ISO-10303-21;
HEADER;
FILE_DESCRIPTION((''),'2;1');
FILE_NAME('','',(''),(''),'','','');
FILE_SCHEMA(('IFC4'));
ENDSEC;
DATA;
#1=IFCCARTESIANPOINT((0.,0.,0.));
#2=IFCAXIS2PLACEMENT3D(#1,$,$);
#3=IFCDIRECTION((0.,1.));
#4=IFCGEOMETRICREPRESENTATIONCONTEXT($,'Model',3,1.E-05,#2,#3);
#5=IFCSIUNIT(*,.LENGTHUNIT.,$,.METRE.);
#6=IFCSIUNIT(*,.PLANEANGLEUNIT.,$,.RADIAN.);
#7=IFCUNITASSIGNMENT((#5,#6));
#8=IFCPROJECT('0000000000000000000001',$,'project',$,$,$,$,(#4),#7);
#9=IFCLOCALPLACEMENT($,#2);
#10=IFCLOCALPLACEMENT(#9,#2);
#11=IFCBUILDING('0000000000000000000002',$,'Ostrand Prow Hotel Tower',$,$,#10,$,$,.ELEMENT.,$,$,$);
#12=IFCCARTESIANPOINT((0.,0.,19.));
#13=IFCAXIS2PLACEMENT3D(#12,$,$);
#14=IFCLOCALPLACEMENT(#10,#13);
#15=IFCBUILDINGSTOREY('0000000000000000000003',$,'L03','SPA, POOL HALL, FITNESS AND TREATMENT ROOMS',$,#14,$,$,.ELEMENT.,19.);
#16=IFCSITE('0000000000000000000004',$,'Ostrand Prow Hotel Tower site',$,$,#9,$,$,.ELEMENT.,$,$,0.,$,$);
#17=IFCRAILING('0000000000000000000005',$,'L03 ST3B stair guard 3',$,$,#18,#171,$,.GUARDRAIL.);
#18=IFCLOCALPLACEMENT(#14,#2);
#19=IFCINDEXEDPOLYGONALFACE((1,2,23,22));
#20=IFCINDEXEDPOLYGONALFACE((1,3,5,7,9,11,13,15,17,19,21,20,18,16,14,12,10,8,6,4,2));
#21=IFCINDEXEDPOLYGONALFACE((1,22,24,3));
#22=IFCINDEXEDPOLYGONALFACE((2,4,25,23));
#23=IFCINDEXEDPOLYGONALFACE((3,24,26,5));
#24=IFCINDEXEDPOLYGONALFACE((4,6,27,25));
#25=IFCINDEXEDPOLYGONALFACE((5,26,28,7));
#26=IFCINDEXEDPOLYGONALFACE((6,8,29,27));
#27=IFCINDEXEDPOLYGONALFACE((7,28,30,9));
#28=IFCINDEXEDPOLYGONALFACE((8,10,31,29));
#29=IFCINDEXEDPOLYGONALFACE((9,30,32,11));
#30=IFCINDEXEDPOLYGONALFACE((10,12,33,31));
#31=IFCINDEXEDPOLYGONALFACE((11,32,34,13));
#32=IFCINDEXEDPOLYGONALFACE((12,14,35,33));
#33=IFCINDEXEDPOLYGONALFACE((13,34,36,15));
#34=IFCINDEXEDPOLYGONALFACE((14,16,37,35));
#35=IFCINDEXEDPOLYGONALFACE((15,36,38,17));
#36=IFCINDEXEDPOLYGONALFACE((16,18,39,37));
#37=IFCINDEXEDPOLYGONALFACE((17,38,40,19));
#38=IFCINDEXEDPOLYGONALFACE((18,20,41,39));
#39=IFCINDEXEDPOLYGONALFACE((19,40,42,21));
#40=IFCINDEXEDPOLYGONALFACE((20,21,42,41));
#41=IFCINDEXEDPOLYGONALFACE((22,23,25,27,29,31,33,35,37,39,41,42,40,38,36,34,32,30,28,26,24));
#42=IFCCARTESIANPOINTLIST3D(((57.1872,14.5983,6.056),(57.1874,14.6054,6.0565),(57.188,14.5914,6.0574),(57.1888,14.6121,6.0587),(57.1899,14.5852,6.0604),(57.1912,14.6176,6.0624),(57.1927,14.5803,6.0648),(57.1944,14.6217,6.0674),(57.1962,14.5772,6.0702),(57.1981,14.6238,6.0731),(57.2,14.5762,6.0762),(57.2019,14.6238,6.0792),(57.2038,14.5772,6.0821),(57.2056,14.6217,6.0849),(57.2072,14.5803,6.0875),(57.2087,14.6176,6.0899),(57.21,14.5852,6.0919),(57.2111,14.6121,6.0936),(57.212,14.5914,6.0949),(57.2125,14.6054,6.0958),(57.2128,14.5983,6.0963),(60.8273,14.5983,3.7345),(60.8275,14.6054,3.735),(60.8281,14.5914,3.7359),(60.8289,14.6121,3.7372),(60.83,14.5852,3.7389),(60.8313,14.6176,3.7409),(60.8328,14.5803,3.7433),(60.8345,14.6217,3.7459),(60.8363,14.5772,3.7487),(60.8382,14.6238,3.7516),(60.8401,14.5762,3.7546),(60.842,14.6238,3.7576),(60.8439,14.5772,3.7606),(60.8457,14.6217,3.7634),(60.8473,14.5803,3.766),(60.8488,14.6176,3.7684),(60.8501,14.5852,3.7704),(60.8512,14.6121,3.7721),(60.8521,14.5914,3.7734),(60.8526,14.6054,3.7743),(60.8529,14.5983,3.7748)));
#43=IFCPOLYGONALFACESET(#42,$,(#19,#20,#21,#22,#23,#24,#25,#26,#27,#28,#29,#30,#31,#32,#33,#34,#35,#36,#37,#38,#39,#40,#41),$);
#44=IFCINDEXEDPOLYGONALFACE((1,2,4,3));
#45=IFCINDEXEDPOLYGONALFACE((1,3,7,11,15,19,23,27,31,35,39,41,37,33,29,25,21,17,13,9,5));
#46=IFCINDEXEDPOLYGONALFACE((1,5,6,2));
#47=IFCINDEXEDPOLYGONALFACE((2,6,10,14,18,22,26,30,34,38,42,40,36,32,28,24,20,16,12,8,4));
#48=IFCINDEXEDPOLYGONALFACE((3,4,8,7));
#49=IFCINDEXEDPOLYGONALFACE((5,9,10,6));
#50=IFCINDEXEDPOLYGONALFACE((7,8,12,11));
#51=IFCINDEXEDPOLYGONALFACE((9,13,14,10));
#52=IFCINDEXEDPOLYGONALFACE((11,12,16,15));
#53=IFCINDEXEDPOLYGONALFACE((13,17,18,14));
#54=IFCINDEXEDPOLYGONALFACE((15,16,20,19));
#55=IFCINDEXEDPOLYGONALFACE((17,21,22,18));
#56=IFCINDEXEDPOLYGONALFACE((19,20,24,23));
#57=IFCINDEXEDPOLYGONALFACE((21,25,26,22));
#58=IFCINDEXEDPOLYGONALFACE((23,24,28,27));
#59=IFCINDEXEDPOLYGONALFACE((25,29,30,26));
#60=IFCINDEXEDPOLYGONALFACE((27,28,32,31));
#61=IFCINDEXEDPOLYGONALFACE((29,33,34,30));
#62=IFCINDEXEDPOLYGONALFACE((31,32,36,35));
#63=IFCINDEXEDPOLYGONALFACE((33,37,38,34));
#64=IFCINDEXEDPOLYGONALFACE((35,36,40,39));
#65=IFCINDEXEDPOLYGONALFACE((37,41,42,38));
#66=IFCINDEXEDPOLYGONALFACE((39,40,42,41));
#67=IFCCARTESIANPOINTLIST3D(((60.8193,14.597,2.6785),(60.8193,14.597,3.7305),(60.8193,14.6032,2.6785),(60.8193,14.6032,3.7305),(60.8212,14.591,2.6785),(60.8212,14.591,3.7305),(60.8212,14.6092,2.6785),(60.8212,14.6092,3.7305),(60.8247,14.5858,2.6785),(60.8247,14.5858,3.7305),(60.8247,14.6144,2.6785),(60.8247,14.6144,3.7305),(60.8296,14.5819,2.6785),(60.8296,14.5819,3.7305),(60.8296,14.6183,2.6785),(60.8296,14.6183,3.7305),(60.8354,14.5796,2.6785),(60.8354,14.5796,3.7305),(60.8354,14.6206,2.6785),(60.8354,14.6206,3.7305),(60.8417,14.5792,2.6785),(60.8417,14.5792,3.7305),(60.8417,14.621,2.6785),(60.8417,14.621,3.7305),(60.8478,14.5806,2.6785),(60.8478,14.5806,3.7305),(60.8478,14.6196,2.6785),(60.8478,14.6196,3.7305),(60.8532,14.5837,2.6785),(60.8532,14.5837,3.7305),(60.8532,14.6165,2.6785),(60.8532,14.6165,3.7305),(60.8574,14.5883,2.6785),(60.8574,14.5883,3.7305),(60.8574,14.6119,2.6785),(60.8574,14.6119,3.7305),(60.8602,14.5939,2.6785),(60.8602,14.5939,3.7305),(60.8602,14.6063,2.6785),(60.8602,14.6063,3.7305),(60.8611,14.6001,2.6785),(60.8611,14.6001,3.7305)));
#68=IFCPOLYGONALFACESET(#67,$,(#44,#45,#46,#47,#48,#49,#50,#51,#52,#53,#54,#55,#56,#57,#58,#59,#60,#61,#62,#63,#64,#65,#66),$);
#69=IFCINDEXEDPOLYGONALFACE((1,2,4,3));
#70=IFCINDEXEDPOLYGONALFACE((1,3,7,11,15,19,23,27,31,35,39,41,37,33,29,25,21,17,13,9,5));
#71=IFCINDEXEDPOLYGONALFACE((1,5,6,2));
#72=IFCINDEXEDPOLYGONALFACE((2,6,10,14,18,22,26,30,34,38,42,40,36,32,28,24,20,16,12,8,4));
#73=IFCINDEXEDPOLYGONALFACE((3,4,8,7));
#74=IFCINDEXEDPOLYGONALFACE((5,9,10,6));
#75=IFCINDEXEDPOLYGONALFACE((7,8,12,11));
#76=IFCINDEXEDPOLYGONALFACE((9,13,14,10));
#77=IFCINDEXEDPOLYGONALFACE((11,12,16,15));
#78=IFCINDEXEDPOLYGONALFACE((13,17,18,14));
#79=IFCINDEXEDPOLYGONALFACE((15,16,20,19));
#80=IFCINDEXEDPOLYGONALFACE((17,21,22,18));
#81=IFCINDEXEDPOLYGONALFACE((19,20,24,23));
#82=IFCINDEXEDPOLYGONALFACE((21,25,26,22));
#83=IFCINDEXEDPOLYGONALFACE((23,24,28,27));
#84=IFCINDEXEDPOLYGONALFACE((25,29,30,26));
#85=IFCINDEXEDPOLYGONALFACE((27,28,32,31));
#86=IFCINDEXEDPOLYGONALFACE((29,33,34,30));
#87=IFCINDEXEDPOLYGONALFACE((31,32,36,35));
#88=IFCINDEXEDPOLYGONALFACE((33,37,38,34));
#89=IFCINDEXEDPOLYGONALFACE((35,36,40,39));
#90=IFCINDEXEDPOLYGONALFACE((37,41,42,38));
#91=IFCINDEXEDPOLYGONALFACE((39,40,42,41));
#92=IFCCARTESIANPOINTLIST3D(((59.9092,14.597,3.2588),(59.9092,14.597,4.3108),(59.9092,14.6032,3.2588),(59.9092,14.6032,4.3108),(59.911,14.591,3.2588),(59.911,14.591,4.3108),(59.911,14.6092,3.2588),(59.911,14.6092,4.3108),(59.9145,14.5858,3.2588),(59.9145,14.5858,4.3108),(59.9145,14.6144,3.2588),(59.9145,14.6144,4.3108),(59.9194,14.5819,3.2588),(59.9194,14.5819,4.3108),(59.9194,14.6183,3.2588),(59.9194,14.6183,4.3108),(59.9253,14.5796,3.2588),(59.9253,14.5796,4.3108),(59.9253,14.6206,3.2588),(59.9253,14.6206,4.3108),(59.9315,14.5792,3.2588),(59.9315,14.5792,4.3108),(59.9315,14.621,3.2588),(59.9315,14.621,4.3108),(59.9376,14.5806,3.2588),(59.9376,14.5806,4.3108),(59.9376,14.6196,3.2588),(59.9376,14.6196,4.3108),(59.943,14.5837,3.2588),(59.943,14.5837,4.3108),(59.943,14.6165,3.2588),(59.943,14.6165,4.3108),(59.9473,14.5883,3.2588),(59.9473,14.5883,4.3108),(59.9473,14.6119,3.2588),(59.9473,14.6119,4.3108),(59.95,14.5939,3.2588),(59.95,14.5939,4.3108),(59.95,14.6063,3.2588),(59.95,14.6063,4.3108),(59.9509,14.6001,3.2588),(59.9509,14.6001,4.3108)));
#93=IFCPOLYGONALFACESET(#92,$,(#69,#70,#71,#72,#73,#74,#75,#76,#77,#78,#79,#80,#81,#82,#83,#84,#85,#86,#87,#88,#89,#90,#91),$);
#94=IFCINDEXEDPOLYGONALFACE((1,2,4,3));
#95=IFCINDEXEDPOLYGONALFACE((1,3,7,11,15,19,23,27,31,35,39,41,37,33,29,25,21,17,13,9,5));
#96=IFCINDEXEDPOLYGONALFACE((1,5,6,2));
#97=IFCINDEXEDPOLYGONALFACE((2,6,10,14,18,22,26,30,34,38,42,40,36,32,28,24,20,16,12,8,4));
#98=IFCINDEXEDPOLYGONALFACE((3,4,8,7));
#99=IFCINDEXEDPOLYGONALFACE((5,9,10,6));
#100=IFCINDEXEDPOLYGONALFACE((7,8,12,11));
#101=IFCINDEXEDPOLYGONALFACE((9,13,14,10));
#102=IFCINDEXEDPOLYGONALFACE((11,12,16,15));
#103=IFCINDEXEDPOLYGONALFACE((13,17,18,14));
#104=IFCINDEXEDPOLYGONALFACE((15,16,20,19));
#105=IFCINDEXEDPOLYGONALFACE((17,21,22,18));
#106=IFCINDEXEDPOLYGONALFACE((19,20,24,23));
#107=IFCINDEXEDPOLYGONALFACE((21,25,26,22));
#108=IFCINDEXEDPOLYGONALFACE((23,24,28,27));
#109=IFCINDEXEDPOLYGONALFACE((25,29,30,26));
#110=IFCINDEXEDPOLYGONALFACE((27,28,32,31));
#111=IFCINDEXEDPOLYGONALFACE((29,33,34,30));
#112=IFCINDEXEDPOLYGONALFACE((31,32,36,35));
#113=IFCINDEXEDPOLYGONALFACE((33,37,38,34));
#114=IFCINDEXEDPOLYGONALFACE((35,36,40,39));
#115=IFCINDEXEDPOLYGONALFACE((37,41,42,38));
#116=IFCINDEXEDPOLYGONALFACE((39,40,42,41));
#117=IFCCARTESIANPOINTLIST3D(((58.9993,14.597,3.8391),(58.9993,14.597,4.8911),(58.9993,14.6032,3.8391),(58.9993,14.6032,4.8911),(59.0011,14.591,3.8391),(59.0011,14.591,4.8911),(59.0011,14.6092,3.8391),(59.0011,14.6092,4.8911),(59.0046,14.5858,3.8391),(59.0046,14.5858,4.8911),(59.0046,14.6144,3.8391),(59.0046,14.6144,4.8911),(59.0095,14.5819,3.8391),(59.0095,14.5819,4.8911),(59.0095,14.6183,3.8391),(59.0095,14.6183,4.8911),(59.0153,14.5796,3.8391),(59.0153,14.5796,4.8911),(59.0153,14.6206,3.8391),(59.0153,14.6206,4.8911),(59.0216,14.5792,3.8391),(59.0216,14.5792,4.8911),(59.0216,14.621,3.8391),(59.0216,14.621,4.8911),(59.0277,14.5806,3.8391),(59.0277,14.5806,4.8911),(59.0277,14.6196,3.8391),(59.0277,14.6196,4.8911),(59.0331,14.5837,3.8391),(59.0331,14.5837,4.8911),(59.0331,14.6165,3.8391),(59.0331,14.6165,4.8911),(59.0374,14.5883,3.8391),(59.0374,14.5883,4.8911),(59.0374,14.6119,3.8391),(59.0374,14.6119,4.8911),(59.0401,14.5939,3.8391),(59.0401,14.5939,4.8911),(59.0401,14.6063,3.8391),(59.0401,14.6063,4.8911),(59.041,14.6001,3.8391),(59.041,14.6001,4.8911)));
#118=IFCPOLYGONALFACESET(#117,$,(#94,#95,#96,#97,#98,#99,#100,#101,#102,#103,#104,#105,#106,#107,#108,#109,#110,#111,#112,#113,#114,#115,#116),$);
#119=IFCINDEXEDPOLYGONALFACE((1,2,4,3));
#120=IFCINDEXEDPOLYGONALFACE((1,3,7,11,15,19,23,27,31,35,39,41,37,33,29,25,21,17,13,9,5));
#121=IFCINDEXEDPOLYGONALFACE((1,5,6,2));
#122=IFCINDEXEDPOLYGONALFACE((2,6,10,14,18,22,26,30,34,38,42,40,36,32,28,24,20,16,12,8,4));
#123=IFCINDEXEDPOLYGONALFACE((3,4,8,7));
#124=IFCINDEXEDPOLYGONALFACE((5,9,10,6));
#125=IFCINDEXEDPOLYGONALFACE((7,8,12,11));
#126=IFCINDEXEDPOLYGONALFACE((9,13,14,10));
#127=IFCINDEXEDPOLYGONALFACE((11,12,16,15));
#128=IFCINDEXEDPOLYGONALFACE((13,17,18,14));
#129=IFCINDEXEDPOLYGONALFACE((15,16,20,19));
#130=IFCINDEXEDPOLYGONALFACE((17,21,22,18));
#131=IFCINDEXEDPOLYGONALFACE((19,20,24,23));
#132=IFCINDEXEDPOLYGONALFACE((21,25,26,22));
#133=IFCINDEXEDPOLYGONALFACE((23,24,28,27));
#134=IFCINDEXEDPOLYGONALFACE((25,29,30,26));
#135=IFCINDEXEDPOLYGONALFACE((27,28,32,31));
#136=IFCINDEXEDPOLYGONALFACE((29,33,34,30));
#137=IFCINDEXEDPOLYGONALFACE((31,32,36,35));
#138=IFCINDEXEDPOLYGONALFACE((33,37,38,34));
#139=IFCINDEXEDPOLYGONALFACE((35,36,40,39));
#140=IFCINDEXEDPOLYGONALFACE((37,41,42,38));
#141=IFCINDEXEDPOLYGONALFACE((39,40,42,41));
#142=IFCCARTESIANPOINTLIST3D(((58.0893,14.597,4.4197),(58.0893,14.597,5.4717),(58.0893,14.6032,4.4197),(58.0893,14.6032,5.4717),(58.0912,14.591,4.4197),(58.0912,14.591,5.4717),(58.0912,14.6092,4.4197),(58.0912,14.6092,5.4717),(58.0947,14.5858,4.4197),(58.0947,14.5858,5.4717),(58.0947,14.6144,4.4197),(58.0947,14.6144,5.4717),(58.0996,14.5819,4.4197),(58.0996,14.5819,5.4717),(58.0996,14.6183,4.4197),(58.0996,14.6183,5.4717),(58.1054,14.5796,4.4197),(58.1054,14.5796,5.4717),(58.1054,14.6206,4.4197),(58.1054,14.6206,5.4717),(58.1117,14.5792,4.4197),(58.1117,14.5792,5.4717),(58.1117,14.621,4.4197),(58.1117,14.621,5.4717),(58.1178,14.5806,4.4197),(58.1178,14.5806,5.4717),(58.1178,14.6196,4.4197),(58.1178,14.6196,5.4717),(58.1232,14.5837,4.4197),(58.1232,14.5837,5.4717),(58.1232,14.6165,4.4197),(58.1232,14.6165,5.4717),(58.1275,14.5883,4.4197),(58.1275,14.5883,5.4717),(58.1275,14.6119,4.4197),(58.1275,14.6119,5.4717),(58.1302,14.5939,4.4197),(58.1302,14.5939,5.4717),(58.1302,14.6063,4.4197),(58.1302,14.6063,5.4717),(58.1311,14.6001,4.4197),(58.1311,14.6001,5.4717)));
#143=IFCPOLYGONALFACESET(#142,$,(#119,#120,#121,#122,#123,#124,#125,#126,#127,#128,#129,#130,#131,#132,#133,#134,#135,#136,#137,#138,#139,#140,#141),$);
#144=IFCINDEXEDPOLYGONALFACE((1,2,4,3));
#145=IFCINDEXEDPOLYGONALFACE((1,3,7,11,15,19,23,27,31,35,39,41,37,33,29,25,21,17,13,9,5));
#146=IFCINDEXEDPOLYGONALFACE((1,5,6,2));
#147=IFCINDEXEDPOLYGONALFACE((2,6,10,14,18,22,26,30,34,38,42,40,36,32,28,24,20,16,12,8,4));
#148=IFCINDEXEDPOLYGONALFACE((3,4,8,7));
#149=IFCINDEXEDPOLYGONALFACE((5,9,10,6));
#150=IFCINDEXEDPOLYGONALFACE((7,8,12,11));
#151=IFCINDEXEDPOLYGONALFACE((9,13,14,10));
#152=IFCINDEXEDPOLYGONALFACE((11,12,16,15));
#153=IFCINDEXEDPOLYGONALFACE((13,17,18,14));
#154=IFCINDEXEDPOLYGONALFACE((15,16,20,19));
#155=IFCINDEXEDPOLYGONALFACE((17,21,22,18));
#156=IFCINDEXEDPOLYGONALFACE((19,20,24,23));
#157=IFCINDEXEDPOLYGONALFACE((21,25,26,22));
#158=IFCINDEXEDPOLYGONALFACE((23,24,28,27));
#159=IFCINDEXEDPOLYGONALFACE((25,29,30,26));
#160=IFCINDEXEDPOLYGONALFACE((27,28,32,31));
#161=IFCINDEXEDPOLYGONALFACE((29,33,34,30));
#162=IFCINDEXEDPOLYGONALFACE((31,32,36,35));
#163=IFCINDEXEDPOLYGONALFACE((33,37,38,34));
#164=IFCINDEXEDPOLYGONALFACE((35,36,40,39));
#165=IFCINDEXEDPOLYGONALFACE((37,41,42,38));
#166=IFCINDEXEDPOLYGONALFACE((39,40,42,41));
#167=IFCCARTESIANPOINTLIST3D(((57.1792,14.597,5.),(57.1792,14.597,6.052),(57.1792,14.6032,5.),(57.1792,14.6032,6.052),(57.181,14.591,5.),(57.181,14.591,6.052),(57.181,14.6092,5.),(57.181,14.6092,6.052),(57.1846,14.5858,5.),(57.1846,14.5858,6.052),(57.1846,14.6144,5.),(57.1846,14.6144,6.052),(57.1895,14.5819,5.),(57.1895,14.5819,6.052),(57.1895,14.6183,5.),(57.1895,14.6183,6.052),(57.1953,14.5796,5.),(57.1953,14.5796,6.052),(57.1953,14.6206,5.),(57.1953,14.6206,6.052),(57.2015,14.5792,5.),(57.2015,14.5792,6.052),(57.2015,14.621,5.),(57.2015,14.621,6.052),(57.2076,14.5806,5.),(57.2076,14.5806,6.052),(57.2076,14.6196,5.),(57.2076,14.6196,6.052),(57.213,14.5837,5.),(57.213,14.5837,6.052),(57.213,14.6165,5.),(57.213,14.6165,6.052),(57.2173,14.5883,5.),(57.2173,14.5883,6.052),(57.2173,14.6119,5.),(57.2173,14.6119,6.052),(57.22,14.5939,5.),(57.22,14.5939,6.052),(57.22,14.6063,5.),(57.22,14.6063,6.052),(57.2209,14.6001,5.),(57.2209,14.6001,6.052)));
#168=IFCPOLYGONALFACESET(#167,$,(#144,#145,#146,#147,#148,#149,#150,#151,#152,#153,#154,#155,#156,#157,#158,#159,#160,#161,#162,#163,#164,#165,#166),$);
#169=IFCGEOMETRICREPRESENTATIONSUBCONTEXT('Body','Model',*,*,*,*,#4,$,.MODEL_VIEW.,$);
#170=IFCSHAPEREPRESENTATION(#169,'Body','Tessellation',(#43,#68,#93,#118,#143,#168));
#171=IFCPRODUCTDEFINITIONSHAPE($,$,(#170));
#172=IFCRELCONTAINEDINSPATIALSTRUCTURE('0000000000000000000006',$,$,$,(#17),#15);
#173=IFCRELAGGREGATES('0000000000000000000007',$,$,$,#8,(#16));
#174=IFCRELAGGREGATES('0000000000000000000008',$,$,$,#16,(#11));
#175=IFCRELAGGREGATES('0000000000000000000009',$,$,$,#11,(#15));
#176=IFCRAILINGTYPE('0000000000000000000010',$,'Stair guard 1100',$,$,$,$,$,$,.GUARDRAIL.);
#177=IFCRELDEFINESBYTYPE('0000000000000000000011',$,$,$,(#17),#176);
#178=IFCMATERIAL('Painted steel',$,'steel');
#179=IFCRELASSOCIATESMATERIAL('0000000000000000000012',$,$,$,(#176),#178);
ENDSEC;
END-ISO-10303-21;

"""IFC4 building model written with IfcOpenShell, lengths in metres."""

from ifc_helpers import new_model, si_unit, direction, frame, origin, origin_2d, place, context, subcontext, project, spatial, circle, extrude, material, type_object, element, save


model = new_model("IFC4")

# Units and contexts
model_context = context("Model", 3, precision=1e-05, world=origin(), true_north=direction((0.0, 1.0)))
body_context = subcontext(model_context, "Body", "Model", "MODEL_VIEW")
ifc_project = project(units=[si_unit("LENGTHUNIT", "METRE"), si_unit("PLANEANGLEUNIT", "RADIAN")], contexts=[model_context])

# Site, building, storey
site_placement = place(None, origin())
site = spatial("IfcSite", under=ifc_project, at=site_placement, Name="Ostrand Prow Hotel Tower site", CompositionType="ELEMENT", RefElevation=0.0)
building_placement = place(site_placement, origin())
building = spatial("IfcBuilding", under=site, at=building_placement, Name="Ostrand Prow Hotel Tower", CompositionType="ELEMENT")
storey_placement = place(building_placement, frame((0.0, 0.0, 19.0)))
storey = spatial("IfcBuildingStorey", under=building, at=storey_placement, Name="L03", Description="SPA, POOL HALL, FITNESS AND TREATMENT ROOMS", CompositionType="ELEMENT", Elevation=19.0)

# Railing
ifc_material_1 = material(Name="Painted steel", Category="steel")
railing_type_1 = type_object("IfcRailingType", Name="Stair guard 1100", PredefinedType="GUARDRAIL", material=ifc_material_1)
railing_1_placement = place(storey_placement, frame((60.8401, 14.6001, 2.6785)))
element("IfcRailing", 1, at=railing_1_placement, inside=storey, type_object=railing_type_1, Name="L03 ST3B stair guard 3", PredefinedType="GUARDRAIL", context=body_context, shape_type="SweptSolid", body=[
    extrude(circle(Radius=0.0239, at=origin_2d()), frame((0.0, 0.0, 1.0762), z_axis=(-0.843128, 0.0, 0.537713), x_axis=(0.0, -1.0, 0.0)), (0.0, 0.0, 1.0), 4.3174),
    extrude(circle(Radius=0.021, at=origin_2d()), origin(), (0.0, 0.0, 1.0), 1.052),
    extrude(circle(Radius=0.021, at=origin_2d()), frame((-0.9102, 0.0, 0.5803)), (0.0, 0.0, 1.0), 1.052),
    extrude(circle(Radius=0.021, at=origin_2d()), frame((-1.8201, 0.0, 1.1606)), (0.0, 0.0, 1.0), 1.052),
    extrude(circle(Radius=0.021, at=origin_2d()), frame((-2.73, 0.0, 1.7412)), (0.0, 0.0, 1.0), 1.052),
    extrude(circle(Radius=0.021, at=origin_2d()), frame((-3.6401, 0.0, 2.3215)), (0.0, 0.0, 1.0), 1.052),
])

save(model, "model.ifc")
